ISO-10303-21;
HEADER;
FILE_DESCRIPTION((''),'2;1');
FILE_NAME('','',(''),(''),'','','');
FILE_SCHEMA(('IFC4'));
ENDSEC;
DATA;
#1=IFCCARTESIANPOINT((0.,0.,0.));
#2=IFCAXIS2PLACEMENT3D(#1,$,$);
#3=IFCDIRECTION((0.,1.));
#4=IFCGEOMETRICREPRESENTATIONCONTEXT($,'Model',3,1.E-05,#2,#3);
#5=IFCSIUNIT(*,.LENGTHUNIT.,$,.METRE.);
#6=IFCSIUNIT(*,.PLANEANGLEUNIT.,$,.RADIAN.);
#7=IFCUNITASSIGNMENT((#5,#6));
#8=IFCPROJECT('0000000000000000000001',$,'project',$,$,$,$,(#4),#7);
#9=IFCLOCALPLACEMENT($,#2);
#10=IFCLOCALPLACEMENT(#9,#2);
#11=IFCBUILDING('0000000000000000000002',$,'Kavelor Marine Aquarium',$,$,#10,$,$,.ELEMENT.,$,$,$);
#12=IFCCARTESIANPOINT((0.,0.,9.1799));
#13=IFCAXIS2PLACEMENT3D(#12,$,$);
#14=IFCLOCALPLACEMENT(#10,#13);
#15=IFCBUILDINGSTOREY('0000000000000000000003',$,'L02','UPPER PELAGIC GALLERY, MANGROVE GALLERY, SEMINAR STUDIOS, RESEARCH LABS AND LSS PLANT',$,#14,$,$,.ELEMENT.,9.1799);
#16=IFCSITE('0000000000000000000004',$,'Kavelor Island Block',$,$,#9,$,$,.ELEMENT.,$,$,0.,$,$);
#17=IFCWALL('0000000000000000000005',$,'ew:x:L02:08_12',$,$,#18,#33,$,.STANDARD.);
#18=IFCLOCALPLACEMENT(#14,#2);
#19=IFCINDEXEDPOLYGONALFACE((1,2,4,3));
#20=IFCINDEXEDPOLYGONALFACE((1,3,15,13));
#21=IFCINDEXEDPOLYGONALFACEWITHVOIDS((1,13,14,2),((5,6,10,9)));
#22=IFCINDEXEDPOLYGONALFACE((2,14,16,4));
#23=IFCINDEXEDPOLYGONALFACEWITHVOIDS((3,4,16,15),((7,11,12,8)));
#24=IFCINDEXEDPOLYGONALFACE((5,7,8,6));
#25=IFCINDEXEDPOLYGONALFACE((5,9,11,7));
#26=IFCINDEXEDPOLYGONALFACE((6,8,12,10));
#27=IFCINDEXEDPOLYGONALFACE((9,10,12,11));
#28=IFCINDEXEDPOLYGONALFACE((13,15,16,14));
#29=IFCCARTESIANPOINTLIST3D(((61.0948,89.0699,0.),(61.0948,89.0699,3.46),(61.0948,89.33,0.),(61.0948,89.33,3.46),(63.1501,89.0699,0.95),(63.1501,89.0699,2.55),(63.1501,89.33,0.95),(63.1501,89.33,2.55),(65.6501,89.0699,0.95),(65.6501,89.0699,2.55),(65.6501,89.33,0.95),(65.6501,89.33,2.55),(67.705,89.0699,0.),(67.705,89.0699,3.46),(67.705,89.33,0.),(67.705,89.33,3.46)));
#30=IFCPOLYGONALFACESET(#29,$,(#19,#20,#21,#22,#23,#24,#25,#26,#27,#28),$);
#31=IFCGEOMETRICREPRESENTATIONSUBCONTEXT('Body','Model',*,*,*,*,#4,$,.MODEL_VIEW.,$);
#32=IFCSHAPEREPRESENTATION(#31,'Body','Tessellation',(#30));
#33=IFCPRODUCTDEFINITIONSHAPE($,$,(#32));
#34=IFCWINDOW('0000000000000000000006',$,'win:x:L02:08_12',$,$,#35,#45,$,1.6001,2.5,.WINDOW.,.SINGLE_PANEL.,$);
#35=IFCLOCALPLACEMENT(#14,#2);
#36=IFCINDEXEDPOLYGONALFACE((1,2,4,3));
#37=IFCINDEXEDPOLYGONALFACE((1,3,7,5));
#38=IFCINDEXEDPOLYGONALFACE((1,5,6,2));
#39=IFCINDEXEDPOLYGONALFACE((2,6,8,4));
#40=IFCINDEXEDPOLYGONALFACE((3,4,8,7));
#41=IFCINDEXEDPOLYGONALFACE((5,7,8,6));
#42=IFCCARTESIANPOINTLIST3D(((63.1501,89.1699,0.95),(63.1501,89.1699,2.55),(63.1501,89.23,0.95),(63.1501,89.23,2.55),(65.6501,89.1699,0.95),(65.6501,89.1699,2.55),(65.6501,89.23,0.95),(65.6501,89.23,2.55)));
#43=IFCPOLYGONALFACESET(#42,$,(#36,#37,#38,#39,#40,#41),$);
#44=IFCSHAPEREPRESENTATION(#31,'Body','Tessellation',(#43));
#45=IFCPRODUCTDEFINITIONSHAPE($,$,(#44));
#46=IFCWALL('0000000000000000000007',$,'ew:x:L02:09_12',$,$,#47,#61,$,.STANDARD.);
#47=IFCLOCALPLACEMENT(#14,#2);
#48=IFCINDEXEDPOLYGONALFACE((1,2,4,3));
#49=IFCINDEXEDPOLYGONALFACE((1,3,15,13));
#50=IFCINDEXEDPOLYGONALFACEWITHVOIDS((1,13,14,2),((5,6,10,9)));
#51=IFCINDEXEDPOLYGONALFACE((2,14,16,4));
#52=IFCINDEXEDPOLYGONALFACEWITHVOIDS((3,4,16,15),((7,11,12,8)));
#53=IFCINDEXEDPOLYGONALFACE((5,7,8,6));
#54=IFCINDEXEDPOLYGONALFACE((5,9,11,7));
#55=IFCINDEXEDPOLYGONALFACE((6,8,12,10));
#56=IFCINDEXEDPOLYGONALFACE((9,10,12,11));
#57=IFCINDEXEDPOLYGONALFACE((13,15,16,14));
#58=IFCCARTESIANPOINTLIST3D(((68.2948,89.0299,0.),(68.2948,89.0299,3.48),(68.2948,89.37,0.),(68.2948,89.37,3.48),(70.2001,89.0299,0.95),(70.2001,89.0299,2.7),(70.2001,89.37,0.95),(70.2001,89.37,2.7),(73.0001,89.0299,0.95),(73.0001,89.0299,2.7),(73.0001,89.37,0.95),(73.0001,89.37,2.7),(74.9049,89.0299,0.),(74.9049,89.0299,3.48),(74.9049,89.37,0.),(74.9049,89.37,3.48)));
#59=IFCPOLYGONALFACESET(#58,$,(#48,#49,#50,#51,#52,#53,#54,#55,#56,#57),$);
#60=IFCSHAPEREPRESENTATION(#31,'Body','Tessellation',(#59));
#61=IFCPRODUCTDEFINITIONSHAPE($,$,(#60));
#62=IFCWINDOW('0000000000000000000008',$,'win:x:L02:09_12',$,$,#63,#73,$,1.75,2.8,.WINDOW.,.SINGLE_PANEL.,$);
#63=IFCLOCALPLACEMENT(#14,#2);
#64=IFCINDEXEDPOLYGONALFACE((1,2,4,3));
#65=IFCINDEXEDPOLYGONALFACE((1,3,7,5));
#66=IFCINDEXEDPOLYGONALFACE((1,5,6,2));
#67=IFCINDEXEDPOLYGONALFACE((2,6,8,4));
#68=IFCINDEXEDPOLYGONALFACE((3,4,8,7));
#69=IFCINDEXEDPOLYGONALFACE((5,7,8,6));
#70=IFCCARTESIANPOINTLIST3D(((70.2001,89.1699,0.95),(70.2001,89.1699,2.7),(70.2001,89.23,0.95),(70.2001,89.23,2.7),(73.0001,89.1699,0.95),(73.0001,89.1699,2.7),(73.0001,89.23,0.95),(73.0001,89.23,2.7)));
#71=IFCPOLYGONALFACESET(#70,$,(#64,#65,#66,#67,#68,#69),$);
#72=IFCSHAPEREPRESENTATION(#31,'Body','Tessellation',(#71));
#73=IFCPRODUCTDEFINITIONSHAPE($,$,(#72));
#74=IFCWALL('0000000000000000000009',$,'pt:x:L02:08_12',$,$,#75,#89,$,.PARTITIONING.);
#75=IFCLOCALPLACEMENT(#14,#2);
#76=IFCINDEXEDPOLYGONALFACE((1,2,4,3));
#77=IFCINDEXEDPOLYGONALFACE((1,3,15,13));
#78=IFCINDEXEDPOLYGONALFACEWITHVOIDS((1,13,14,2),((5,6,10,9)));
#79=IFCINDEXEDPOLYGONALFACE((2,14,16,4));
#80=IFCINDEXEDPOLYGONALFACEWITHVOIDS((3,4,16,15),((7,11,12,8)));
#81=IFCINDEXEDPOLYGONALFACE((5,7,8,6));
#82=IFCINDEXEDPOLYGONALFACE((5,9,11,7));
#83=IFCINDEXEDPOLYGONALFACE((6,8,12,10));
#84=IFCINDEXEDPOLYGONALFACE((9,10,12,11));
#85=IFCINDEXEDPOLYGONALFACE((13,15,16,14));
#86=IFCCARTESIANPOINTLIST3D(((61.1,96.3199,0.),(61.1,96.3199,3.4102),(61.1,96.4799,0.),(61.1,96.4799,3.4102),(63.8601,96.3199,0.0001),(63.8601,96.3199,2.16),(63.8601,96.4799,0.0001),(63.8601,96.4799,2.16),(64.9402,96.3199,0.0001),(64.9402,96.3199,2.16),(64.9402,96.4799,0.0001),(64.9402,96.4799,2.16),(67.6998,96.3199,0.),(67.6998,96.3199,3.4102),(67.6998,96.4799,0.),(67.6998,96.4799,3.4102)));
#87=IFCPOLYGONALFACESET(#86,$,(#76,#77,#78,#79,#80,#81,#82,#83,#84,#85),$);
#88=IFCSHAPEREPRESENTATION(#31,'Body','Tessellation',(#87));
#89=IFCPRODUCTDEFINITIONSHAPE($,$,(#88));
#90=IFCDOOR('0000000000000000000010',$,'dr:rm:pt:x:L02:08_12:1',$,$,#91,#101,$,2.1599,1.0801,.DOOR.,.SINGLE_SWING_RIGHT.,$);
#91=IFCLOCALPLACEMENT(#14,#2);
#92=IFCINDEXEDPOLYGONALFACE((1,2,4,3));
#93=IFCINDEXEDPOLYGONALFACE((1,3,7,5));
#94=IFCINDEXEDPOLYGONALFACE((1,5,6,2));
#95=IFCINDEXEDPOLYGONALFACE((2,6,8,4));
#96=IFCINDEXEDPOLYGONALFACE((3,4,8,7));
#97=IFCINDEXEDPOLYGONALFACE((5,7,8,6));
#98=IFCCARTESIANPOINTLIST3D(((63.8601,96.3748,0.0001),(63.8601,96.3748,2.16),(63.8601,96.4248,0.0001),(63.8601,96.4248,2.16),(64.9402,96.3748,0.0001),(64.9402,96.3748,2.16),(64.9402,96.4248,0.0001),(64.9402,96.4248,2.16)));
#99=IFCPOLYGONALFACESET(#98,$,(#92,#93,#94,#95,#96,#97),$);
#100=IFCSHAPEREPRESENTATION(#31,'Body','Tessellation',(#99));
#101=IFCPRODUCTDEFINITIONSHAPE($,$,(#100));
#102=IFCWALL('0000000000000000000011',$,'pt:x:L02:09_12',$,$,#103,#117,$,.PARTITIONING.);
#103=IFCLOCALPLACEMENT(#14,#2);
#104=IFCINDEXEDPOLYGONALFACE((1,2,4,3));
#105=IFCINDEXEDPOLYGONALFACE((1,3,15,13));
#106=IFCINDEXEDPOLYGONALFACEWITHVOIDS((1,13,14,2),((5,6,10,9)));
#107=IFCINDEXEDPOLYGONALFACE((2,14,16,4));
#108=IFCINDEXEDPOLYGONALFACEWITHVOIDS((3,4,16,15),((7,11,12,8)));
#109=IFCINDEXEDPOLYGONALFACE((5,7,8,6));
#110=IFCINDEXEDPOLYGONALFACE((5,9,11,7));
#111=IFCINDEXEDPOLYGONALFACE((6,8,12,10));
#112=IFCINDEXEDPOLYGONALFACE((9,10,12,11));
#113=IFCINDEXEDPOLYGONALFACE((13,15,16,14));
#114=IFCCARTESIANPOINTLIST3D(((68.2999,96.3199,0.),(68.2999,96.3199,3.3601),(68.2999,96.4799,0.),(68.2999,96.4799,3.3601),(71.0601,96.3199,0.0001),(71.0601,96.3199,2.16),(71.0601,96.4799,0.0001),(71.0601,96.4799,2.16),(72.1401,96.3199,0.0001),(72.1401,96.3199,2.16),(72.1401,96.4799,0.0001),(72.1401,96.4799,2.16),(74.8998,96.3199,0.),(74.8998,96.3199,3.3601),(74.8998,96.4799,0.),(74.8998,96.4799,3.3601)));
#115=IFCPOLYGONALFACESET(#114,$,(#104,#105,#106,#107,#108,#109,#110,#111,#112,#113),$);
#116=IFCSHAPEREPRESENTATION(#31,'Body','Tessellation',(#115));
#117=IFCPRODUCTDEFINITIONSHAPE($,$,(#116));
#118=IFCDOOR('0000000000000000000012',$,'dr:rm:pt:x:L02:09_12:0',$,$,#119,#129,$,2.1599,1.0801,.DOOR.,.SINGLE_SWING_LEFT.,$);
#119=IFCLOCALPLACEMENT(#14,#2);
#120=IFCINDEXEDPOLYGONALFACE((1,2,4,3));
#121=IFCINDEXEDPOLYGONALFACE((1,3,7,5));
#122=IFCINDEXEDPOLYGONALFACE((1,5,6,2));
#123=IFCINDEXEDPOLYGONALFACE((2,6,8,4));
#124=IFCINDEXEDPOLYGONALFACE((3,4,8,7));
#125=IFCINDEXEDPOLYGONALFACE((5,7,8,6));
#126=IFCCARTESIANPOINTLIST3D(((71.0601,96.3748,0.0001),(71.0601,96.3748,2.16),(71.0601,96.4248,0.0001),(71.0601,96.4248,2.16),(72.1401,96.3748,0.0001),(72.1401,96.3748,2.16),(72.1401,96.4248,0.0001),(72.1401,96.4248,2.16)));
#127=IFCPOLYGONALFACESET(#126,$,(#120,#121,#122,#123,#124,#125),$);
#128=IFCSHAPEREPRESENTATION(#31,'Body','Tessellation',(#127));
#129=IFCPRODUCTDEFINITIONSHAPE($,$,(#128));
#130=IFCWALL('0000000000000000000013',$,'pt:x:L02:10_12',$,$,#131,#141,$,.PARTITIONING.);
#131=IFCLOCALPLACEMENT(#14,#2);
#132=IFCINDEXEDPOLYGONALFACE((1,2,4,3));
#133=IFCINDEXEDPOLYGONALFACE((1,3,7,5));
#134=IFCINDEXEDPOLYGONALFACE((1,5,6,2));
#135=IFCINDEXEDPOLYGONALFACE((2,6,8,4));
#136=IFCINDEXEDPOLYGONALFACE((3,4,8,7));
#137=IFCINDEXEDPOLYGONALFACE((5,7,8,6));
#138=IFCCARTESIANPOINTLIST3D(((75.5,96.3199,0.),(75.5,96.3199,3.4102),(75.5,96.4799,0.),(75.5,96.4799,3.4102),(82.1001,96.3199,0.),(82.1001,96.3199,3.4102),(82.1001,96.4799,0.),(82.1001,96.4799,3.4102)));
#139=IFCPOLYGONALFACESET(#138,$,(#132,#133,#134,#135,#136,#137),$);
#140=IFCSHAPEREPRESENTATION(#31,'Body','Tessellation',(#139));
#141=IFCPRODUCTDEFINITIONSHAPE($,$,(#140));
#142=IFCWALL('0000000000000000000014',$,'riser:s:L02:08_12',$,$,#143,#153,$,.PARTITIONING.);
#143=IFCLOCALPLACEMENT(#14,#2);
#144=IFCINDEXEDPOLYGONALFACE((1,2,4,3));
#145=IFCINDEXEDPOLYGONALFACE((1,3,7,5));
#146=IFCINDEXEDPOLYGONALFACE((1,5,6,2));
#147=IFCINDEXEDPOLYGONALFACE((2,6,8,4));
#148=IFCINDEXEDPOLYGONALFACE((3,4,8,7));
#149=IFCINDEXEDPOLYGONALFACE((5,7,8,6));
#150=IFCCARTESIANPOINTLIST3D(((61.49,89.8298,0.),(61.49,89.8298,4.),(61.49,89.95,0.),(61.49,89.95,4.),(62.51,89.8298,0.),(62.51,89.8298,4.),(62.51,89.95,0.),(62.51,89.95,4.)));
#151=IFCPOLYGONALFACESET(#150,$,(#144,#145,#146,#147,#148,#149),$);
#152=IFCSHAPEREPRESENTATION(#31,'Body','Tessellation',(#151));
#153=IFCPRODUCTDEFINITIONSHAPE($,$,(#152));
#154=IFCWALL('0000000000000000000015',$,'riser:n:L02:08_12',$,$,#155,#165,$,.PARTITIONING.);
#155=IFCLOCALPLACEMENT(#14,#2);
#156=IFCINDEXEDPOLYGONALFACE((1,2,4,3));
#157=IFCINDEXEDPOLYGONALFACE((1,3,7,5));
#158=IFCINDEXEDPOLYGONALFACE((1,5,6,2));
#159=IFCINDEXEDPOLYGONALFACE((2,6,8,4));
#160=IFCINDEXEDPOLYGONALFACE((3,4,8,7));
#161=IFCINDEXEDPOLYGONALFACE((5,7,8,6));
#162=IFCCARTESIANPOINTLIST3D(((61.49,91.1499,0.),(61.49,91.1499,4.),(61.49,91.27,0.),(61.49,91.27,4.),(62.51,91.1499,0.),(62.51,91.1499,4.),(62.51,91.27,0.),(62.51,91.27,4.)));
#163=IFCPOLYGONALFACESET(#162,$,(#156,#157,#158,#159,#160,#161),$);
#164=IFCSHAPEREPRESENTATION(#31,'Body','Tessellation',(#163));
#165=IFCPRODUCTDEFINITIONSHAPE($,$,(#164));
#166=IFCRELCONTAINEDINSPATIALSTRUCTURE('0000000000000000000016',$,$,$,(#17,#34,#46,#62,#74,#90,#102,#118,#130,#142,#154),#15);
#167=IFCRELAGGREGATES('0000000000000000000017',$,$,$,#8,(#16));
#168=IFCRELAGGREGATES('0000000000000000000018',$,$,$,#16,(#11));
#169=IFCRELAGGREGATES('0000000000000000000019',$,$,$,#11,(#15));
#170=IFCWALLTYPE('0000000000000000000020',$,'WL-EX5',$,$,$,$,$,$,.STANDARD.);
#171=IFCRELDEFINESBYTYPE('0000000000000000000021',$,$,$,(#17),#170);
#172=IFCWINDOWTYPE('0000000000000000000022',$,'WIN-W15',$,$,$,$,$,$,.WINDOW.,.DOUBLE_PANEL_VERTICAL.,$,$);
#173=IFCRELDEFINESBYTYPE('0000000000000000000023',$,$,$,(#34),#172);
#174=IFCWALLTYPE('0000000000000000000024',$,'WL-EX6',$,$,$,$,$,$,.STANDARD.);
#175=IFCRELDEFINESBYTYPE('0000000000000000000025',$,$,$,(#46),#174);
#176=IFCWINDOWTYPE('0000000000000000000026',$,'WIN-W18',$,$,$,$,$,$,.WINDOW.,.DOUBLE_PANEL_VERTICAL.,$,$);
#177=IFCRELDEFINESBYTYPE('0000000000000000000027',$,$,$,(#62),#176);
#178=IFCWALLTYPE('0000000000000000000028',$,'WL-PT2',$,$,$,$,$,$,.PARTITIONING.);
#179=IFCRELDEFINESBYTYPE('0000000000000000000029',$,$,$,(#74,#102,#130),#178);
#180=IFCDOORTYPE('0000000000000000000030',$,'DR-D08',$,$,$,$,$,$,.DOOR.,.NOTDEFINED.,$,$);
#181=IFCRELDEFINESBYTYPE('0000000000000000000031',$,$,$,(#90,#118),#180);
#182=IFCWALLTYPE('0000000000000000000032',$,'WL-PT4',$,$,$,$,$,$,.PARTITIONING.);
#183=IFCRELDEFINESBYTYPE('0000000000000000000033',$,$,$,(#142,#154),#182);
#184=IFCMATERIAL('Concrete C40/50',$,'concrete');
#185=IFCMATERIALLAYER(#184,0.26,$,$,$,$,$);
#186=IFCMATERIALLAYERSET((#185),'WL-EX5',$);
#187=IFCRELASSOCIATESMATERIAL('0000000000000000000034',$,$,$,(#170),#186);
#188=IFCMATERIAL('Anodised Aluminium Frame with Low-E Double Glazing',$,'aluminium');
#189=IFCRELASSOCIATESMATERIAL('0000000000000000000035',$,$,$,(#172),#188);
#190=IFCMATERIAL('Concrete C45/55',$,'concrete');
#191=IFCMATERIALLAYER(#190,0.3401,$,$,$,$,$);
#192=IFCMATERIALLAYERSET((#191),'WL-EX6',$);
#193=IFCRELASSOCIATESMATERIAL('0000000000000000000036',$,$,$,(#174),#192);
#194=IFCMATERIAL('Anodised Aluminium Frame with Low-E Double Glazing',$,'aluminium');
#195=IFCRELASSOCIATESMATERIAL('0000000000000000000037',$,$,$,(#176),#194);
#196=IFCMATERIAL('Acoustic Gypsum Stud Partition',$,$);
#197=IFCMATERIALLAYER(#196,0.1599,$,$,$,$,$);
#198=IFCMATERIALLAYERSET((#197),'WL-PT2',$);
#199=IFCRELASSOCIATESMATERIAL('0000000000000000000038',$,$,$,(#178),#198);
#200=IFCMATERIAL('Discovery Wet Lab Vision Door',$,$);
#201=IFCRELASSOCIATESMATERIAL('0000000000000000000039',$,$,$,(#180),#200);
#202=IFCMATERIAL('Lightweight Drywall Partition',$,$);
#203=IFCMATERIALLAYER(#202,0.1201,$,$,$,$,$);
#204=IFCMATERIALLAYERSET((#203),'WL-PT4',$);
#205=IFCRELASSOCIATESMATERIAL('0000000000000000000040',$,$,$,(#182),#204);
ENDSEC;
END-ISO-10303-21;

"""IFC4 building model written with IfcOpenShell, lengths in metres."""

from ifc_helpers import new_model, si_unit, direction, frame, frame_2d, origin, place, context, subcontext, project, spatial, rectangle, extrude, material, layer, layer_set, type_object, element, fill, save


model = new_model("IFC4")

# Units and contexts
model_context = context("Model", 3, precision=1e-05, world=origin(), true_north=direction((0.0, 1.0)))
body_context = subcontext(model_context, "Body", "Model", "MODEL_VIEW")
ifc_project = project(units=[si_unit("LENGTHUNIT", "METRE"), si_unit("PLANEANGLEUNIT", "RADIAN")], contexts=[model_context])

# Site, building, storey
site_placement = place(None, origin())
site = spatial("IfcSite", under=ifc_project, at=site_placement, Name="Kavelor Island Block", CompositionType="ELEMENT", RefElevation=0.0)
building_placement = place(site_placement, origin())
building = spatial("IfcBuilding", under=site, at=building_placement, Name="Kavelor Marine Aquarium", CompositionType="ELEMENT")
storey_placement = place(building_placement, frame((0.0, 0.0, 9.1799)))
storey = spatial("IfcBuildingStorey", under=building, at=storey_placement, Name="L02", Description="UPPER PELAGIC GALLERY, MANGROVE GALLERY, SEMINAR STUDIOS, RESEARCH LABS AND LSS PLANT", CompositionType="ELEMENT", Elevation=9.1799)

# Walls, openings, windows
ifc_material_1 = material(Name="Concrete C40/50", Category="concrete")
ifc_layer_1 = layer(ifc_material_1, 0.26)
ifc_layer_set_1 = layer_set([ifc_layer_1], Name="WL-EX5")
wall_type_1 = type_object("IfcWallType", Name="WL-EX5", PredefinedType="STANDARD", material=ifc_layer_set_1)
wall_1_placement = place(storey_placement, frame((67.7051, 89.2, 0.0), z_axis=(0.0, 0.0, 1.0), x_axis=(-1.0, 0.0, 0.0)))
wall_1 = element("IfcWall", 1, at=wall_1_placement, inside=storey, type_object=wall_type_1, Name="ew:x:L02:08_12", PredefinedType="STANDARD", context=body_context, shape_type="SweptSolid", body=[
    extrude(rectangle(XDim=6.6101, YDim=0.26, at=frame_2d((3.3052, 0.0))), origin(), (0.0, 0.0, 1.0), 3.46),
])
opening_1_placement = place(wall_1_placement, frame((2.0549, 0.0, 0.95)))
opening_1 = element("IfcOpeningElement", 2, at=opening_1_placement, cuts=wall_1, PredefinedType="OPENING", context=body_context, shape_type="SweptSolid", body=[
    extrude(rectangle(XDim=2.5, YDim=1.6001, at=frame_2d((1.25, 0.8))), frame((0.0, 0.1399, 0.0), z_axis=(0.0, -1.0, 0.0), x_axis=(1.0, 0.0, 0.0)), (0.0, 0.0, 1.0), 0.28),
])
ifc_material_2 = material(Name="Anodised Aluminium Frame with Low-E Double Glazing", Category="aluminium")
window_type_1 = type_object("IfcWindowType", Name="WIN-W15", PartitioningType="DOUBLE_PANEL_VERTICAL", PredefinedType="WINDOW", material=ifc_material_2)
window_1_placement = place(opening_1_placement, origin())
window_1 = element("IfcWindow", 3, at=window_1_placement, inside=storey, type_object=window_type_1, Name="win:x:L02:08_12", OverallHeight=1.6001, OverallWidth=2.5, PartitioningType="SINGLE_PANEL", PredefinedType="WINDOW", context=body_context, shape_type="SweptSolid", body=[
    extrude(rectangle(XDim=2.5, YDim=1.6001, at=frame_2d((1.25, 0.8))), frame((0.0, 0.03, 0.0), z_axis=(0.0, -1.0, 0.0), x_axis=(1.0, 0.0, 0.0)), (0.0, 0.0, 1.0), 0.0601),
])
fill(opening_1, window_1)
ifc_material_3 = material(Name="Concrete C45/55", Category="concrete")
ifc_layer_2 = layer(ifc_material_3, 0.3401)
ifc_layer_set_2 = layer_set([ifc_layer_2], Name="WL-EX6")
wall_type_2 = type_object("IfcWallType", Name="WL-EX6", PredefinedType="STANDARD", material=ifc_layer_set_2)
wall_2_placement = place(storey_placement, frame((74.905, 89.2, 0.0), z_axis=(0.0, 0.0, 1.0), x_axis=(-1.0, 0.0, 0.0)))
wall_2 = element("IfcWall", 4, at=wall_2_placement, inside=storey, type_object=wall_type_2, Name="ew:x:L02:09_12", PredefinedType="STANDARD", context=body_context, shape_type="SweptSolid", body=[
    extrude(rectangle(XDim=6.6101, YDim=0.3401, at=frame_2d((3.3052, 0.0))), origin(), (0.0, 0.0, 1.0), 3.48),
])
opening_2_placement = place(wall_2_placement, frame((1.905, 0.0, 0.95)))
opening_2 = element("IfcOpeningElement", 5, at=opening_2_placement, cuts=wall_2, PredefinedType="OPENING", context=body_context, shape_type="SweptSolid", body=[
    extrude(rectangle(XDim=2.8, YDim=1.75, at=frame_2d((1.3999, 0.875))), frame((0.0, 0.1799, 0.0), z_axis=(0.0, -1.0, 0.0), x_axis=(1.0, 0.0, 0.0)), (0.0, 0.0, 1.0), 0.3601),
])
ifc_material_4 = material(Name="Anodised Aluminium Frame with Low-E Double Glazing", Category="aluminium")
window_type_2 = type_object("IfcWindowType", Name="WIN-W18", PartitioningType="DOUBLE_PANEL_VERTICAL", PredefinedType="WINDOW", material=ifc_material_4)
window_2_placement = place(opening_2_placement, origin())
window_2 = element("IfcWindow", 6, at=window_2_placement, inside=storey, type_object=window_type_2, Name="win:x:L02:09_12", OverallHeight=1.75, OverallWidth=2.8, PartitioningType="SINGLE_PANEL", PredefinedType="WINDOW", context=body_context, shape_type="SweptSolid", body=[
    extrude(rectangle(XDim=2.8, YDim=1.75, at=frame_2d((1.3999, 0.875))), frame((0.0, 0.03, 0.0), z_axis=(0.0, -1.0, 0.0), x_axis=(1.0, 0.0, 0.0)), (0.0, 0.0, 1.0), 0.0601),
])
fill(opening_2, window_2)

# Walls, openings, doors
ifc_material_5 = material(Name="Acoustic Gypsum Stud Partition")
ifc_layer_3 = layer(ifc_material_5, 0.1599)
ifc_layer_set_3 = layer_set([ifc_layer_3], Name="WL-PT2")
wall_type_3 = type_object("IfcWallType", Name="WL-PT2", PredefinedType="PARTITIONING", material=ifc_layer_set_3)
wall_3_placement = place(storey_placement, frame((61.1001, 96.3999, 0.0), z_axis=(0.0, 0.0, 1.0), x_axis=(1.0, 0.0, 0.0)))
wall_3 = element("IfcWall", 7, at=wall_3_placement, inside=storey, type_object=wall_type_3, Name="pt:x:L02:08_12", PredefinedType="PARTITIONING", context=body_context, shape_type="SweptSolid", body=[
    extrude(rectangle(XDim=6.5999, YDim=0.1599, at=frame_2d((3.2998, 0.0))), origin(), (0.0, 0.0, 1.0), 3.4102),
])
opening_3_placement = place(wall_3_placement, frame((2.76, 0.0, 0.0)))
opening_3 = element("IfcOpeningElement", 8, at=opening_3_placement, cuts=wall_3, PredefinedType="OPENING", context=body_context, shape_type="SweptSolid", body=[
    extrude(rectangle(XDim=1.0801, YDim=2.1599, at=frame_2d((0.54, 1.0801))), frame((0.0, 0.0898, 0.0), z_axis=(0.0, -1.0, 0.0), x_axis=(1.0, 0.0, 0.0)), (0.0, 0.0, 1.0), 0.1799),
])
ifc_material_6 = material(Name="Discovery Wet Lab Vision Door")
door_type = type_object("IfcDoorType", Name="DR-D08", OperationType="NOTDEFINED", PredefinedType="DOOR", material=ifc_material_6)
door_1_placement = place(opening_3_placement, origin())
door_1 = element("IfcDoor", 9, at=door_1_placement, inside=storey, type_object=door_type, Name="dr:rm:pt:x:L02:08_12:1", OperationType="SINGLE_SWING_RIGHT", OverallHeight=2.1599, OverallWidth=1.0801, PredefinedType="DOOR", context=body_context, shape_type="SweptSolid", body=[
    extrude(rectangle(XDim=1.0801, YDim=2.1599, at=frame_2d((0.54, 1.0801))), frame((0.0, 0.0249, 0.0), z_axis=(0.0, -1.0, 0.0), x_axis=(1.0, 0.0, 0.0)), (0.0, 0.0, 1.0), 0.05),
])
fill(opening_3, door_1)
wall_4_placement = place(storey_placement, frame((68.3, 96.3999, 0.0), z_axis=(0.0, 0.0, 1.0), x_axis=(1.0, 0.0, 0.0)))
wall_4 = element("IfcWall", 10, at=wall_4_placement, inside=storey, type_object=wall_type_3, Name="pt:x:L02:09_12", PredefinedType="PARTITIONING", context=body_context, shape_type="SweptSolid", body=[
    extrude(rectangle(XDim=6.5999, YDim=0.1599, at=frame_2d((3.2998, 0.0))), origin(), (0.0, 0.0, 1.0), 3.3601),
])
opening_4_placement = place(wall_4_placement, frame((2.76, 0.0, 0.0)))
opening_4 = element("IfcOpeningElement", 11, at=opening_4_placement, cuts=wall_4, PredefinedType="OPENING", context=body_context, shape_type="SweptSolid", body=[
    extrude(rectangle(XDim=1.0801, YDim=2.1599, at=frame_2d((0.54, 1.0801))), frame((0.0, 0.0898, 0.0), z_axis=(0.0, -1.0, 0.0), x_axis=(1.0, 0.0, 0.0)), (0.0, 0.0, 1.0), 0.1799),
])
door_2_placement = place(opening_4_placement, origin())
door_2 = element("IfcDoor", 12, at=door_2_placement, inside=storey, type_object=door_type, Name="dr:rm:pt:x:L02:09_12:0", OperationType="SINGLE_SWING_LEFT", OverallHeight=2.1599, OverallWidth=1.0801, PredefinedType="DOOR", context=body_context, shape_type="SweptSolid", body=[
    extrude(rectangle(XDim=1.0801, YDim=2.1599, at=frame_2d((0.54, 1.0801))), frame((0.0, 0.0249, 0.0), z_axis=(0.0, -1.0, 0.0), x_axis=(1.0, 0.0, 0.0)), (0.0, 0.0, 1.0), 0.05),
])
fill(opening_4, door_2)

# Walls
wall_5_placement = place(storey_placement, frame((75.5, 96.3999, 0.0), z_axis=(0.0, 0.0, 1.0), x_axis=(1.0, 0.0, 0.0)))
element("IfcWall", 13, at=wall_5_placement, inside=storey, type_object=wall_type_3, Name="pt:x:L02:10_12", PredefinedType="PARTITIONING", context=body_context, shape_type="SweptSolid", body=[
    extrude(rectangle(XDim=6.6001, YDim=0.1599, at=frame_2d((3.3, 0.0))), origin(), (0.0, 0.0, 1.0), 3.4102),
])
ifc_material_7 = material(Name="Lightweight Drywall Partition")
ifc_layer_4 = layer(ifc_material_7, 0.1201)
ifc_layer_set_4 = layer_set([ifc_layer_4], Name="WL-PT4")
wall_type_4 = type_object("IfcWallType", Name="WL-PT4", PredefinedType="PARTITIONING", material=ifc_layer_set_4)
for number, where, z_axis, x_axis, name in (
    (14, (61.49, 89.8899, 0.0), (0.0, 0.0, 1.0), (1.0, 0.0, 0.0), "riser:s:L02:08_12"),
    (15, (61.49, 91.21, 0.0), (0.0, 0.0, 1.0), (1.0, 0.0, 0.0), "riser:n:L02:08_12"),
):
    element("IfcWall", number, at=place(storey_placement, frame(where, z_axis=z_axis, x_axis=x_axis)), inside=storey, type_object=wall_type_4, Name=name, PredefinedType="PARTITIONING", context=body_context, shape_type="SweptSolid", body=[
        extrude(rectangle(XDim=1.02, YDim=0.1201, at=frame_2d((0.51, 0.0))), origin(), (0.0, 0.0, 1.0), 4.0),
    ])

save(model, "model.ifc")
